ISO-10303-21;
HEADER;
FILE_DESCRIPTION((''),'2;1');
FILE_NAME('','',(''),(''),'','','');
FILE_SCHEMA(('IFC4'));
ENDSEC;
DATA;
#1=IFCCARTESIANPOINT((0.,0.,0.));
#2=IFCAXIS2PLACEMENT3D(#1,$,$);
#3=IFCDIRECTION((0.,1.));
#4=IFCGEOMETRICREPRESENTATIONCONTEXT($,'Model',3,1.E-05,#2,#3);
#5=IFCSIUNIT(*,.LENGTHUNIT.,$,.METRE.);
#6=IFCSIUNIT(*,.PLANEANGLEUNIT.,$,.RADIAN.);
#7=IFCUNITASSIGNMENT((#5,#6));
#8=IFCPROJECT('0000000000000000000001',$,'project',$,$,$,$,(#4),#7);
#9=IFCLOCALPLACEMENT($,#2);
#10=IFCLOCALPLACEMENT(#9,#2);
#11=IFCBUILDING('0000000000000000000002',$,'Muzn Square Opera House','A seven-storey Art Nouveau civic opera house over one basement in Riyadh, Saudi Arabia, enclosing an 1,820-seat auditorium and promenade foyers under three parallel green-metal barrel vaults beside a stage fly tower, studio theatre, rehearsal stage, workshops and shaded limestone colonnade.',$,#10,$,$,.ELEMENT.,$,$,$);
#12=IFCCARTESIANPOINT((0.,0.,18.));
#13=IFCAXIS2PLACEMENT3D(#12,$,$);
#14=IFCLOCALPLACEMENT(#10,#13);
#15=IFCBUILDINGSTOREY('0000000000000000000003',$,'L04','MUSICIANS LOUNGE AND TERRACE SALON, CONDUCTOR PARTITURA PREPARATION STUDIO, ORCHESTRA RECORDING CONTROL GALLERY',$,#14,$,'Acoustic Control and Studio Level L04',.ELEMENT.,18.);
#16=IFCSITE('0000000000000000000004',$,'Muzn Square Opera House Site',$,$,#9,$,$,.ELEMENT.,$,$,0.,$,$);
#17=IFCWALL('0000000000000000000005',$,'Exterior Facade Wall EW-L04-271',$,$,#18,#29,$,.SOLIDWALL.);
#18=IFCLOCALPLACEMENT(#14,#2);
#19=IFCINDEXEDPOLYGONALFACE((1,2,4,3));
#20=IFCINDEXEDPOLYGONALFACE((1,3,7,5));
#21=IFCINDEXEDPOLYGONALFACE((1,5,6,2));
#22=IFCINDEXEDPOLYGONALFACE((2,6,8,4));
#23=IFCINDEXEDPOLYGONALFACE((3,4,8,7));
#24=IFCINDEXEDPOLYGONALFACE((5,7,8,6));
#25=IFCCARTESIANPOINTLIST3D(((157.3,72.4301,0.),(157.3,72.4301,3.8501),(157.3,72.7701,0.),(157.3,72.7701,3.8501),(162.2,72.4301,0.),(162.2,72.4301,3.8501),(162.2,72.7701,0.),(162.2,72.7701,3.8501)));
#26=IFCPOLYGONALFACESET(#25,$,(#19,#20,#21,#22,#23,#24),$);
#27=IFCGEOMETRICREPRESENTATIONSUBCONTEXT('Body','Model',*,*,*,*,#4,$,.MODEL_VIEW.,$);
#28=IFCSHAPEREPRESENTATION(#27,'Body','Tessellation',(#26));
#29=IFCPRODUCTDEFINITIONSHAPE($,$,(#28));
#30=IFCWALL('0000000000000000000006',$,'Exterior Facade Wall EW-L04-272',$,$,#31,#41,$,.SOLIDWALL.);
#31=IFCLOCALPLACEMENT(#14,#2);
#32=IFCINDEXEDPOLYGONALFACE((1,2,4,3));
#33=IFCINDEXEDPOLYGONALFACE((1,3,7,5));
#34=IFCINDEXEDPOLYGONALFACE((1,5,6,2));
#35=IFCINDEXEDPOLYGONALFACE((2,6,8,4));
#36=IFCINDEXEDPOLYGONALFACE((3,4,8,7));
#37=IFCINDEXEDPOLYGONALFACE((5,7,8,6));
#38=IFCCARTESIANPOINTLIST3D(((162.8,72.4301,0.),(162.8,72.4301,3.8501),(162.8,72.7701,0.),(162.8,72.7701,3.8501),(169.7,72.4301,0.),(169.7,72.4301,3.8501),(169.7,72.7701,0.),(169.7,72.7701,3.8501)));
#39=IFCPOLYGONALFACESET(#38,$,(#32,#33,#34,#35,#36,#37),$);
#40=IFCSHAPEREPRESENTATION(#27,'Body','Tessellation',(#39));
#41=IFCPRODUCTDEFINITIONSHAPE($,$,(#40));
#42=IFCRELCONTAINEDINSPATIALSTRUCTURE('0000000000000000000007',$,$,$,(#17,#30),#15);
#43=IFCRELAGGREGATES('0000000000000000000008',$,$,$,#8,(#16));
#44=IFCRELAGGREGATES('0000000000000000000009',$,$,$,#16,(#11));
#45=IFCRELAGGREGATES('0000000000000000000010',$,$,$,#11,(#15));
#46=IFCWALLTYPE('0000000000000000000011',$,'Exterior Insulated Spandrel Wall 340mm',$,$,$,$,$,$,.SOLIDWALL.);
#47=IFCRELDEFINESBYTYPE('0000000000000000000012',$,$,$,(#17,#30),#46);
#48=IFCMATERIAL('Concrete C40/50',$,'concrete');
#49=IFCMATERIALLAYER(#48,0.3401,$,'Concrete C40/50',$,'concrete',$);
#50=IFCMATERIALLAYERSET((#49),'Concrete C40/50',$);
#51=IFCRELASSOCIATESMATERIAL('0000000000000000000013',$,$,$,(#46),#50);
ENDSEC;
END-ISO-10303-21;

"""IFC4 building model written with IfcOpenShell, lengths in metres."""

from ifc_helpers import new_model, si_unit, direction, frame, frame_2d, origin, place, context, subcontext, project, spatial, rectangle, extrude, material, layer, layer_set, type_object, element, save


model = new_model("IFC4")

# Units and contexts
model_context = context("Model", 3, precision=1e-05, world=origin(), true_north=direction((0.0, 1.0)))
body_context = subcontext(model_context, "Body", "Model", "MODEL_VIEW")
ifc_project = project(units=[si_unit("LENGTHUNIT", "METRE"), si_unit("PLANEANGLEUNIT", "RADIAN")], contexts=[model_context])

# Site, building, storey
site_placement = place(None, origin())
site = spatial("IfcSite", under=ifc_project, at=site_placement, Name="Muzn Square Opera House Site", CompositionType="ELEMENT", RefElevation=0.0)
building_placement = place(site_placement, origin())
building = spatial("IfcBuilding", under=site, at=building_placement, Name="Muzn Square Opera House", Description="A seven-storey Art Nouveau civic opera house over one basement in Riyadh, Saudi Arabia, enclosing an 1,820-seat auditorium and promenade foyers under three parallel green-metal barrel vaults beside a stage fly tower, studio theatre, rehearsal stage, workshops and shaded limestone colonnade.", CompositionType="ELEMENT")
storey_placement = place(building_placement, frame((0.0, 0.0, 18.0)))
storey = spatial("IfcBuildingStorey", under=building, at=storey_placement, Name="L04", Description="MUSICIANS LOUNGE AND TERRACE SALON, CONDUCTOR PARTITURA PREPARATION STUDIO, ORCHESTRA RECORDING CONTROL GALLERY", LongName="Acoustic Control and Studio Level L04", CompositionType="ELEMENT", Elevation=18.0)

# Shared definitions
ifc_material_1 = material(Name="Concrete C40/50", Category="concrete")

# Walls
ifc_layer_1 = layer(ifc_material_1, 0.3401, Name="Concrete C40/50", Category="concrete")
ifc_layer_set_1 = layer_set([ifc_layer_1], Name="Concrete C40/50")
wall_type_1 = type_object("IfcWallType", Name="Exterior Insulated Spandrel Wall 340mm", PredefinedType="SOLIDWALL", material=ifc_layer_set_1)
wall_1_placement = place(storey_placement, frame((157.3, 72.6001, 0.0), z_axis=(0.0, 0.0, 1.0), x_axis=(1.0, 0.0, 0.0)))
element("IfcWall", 1, at=wall_1_placement, inside=storey, type_object=wall_type_1, Name="Exterior Facade Wall EW-L04-271", PredefinedType="SOLIDWALL", context=body_context, shape_type="SweptSolid", body=[
    extrude(rectangle(XDim=4.8999, YDim=0.3401, at=frame_2d((2.45, 0.0))), origin(), (0.0, 0.0, 1.0), 3.8501),
])
wall_2_placement = place(storey_placement, frame((162.8, 72.6001, 0.0), z_axis=(0.0, 0.0, 1.0), x_axis=(1.0, 0.0, 0.0)))
element("IfcWall", 2, at=wall_2_placement, inside=storey, type_object=wall_type_1, Name="Exterior Facade Wall EW-L04-272", PredefinedType="SOLIDWALL", context=body_context, shape_type="SweptSolid", body=[
    extrude(rectangle(XDim=6.8999, YDim=0.3401, at=frame_2d((3.45, 0.0))), origin(), (0.0, 0.0, 1.0), 3.8501),
])

save(model, "model.ifc")
